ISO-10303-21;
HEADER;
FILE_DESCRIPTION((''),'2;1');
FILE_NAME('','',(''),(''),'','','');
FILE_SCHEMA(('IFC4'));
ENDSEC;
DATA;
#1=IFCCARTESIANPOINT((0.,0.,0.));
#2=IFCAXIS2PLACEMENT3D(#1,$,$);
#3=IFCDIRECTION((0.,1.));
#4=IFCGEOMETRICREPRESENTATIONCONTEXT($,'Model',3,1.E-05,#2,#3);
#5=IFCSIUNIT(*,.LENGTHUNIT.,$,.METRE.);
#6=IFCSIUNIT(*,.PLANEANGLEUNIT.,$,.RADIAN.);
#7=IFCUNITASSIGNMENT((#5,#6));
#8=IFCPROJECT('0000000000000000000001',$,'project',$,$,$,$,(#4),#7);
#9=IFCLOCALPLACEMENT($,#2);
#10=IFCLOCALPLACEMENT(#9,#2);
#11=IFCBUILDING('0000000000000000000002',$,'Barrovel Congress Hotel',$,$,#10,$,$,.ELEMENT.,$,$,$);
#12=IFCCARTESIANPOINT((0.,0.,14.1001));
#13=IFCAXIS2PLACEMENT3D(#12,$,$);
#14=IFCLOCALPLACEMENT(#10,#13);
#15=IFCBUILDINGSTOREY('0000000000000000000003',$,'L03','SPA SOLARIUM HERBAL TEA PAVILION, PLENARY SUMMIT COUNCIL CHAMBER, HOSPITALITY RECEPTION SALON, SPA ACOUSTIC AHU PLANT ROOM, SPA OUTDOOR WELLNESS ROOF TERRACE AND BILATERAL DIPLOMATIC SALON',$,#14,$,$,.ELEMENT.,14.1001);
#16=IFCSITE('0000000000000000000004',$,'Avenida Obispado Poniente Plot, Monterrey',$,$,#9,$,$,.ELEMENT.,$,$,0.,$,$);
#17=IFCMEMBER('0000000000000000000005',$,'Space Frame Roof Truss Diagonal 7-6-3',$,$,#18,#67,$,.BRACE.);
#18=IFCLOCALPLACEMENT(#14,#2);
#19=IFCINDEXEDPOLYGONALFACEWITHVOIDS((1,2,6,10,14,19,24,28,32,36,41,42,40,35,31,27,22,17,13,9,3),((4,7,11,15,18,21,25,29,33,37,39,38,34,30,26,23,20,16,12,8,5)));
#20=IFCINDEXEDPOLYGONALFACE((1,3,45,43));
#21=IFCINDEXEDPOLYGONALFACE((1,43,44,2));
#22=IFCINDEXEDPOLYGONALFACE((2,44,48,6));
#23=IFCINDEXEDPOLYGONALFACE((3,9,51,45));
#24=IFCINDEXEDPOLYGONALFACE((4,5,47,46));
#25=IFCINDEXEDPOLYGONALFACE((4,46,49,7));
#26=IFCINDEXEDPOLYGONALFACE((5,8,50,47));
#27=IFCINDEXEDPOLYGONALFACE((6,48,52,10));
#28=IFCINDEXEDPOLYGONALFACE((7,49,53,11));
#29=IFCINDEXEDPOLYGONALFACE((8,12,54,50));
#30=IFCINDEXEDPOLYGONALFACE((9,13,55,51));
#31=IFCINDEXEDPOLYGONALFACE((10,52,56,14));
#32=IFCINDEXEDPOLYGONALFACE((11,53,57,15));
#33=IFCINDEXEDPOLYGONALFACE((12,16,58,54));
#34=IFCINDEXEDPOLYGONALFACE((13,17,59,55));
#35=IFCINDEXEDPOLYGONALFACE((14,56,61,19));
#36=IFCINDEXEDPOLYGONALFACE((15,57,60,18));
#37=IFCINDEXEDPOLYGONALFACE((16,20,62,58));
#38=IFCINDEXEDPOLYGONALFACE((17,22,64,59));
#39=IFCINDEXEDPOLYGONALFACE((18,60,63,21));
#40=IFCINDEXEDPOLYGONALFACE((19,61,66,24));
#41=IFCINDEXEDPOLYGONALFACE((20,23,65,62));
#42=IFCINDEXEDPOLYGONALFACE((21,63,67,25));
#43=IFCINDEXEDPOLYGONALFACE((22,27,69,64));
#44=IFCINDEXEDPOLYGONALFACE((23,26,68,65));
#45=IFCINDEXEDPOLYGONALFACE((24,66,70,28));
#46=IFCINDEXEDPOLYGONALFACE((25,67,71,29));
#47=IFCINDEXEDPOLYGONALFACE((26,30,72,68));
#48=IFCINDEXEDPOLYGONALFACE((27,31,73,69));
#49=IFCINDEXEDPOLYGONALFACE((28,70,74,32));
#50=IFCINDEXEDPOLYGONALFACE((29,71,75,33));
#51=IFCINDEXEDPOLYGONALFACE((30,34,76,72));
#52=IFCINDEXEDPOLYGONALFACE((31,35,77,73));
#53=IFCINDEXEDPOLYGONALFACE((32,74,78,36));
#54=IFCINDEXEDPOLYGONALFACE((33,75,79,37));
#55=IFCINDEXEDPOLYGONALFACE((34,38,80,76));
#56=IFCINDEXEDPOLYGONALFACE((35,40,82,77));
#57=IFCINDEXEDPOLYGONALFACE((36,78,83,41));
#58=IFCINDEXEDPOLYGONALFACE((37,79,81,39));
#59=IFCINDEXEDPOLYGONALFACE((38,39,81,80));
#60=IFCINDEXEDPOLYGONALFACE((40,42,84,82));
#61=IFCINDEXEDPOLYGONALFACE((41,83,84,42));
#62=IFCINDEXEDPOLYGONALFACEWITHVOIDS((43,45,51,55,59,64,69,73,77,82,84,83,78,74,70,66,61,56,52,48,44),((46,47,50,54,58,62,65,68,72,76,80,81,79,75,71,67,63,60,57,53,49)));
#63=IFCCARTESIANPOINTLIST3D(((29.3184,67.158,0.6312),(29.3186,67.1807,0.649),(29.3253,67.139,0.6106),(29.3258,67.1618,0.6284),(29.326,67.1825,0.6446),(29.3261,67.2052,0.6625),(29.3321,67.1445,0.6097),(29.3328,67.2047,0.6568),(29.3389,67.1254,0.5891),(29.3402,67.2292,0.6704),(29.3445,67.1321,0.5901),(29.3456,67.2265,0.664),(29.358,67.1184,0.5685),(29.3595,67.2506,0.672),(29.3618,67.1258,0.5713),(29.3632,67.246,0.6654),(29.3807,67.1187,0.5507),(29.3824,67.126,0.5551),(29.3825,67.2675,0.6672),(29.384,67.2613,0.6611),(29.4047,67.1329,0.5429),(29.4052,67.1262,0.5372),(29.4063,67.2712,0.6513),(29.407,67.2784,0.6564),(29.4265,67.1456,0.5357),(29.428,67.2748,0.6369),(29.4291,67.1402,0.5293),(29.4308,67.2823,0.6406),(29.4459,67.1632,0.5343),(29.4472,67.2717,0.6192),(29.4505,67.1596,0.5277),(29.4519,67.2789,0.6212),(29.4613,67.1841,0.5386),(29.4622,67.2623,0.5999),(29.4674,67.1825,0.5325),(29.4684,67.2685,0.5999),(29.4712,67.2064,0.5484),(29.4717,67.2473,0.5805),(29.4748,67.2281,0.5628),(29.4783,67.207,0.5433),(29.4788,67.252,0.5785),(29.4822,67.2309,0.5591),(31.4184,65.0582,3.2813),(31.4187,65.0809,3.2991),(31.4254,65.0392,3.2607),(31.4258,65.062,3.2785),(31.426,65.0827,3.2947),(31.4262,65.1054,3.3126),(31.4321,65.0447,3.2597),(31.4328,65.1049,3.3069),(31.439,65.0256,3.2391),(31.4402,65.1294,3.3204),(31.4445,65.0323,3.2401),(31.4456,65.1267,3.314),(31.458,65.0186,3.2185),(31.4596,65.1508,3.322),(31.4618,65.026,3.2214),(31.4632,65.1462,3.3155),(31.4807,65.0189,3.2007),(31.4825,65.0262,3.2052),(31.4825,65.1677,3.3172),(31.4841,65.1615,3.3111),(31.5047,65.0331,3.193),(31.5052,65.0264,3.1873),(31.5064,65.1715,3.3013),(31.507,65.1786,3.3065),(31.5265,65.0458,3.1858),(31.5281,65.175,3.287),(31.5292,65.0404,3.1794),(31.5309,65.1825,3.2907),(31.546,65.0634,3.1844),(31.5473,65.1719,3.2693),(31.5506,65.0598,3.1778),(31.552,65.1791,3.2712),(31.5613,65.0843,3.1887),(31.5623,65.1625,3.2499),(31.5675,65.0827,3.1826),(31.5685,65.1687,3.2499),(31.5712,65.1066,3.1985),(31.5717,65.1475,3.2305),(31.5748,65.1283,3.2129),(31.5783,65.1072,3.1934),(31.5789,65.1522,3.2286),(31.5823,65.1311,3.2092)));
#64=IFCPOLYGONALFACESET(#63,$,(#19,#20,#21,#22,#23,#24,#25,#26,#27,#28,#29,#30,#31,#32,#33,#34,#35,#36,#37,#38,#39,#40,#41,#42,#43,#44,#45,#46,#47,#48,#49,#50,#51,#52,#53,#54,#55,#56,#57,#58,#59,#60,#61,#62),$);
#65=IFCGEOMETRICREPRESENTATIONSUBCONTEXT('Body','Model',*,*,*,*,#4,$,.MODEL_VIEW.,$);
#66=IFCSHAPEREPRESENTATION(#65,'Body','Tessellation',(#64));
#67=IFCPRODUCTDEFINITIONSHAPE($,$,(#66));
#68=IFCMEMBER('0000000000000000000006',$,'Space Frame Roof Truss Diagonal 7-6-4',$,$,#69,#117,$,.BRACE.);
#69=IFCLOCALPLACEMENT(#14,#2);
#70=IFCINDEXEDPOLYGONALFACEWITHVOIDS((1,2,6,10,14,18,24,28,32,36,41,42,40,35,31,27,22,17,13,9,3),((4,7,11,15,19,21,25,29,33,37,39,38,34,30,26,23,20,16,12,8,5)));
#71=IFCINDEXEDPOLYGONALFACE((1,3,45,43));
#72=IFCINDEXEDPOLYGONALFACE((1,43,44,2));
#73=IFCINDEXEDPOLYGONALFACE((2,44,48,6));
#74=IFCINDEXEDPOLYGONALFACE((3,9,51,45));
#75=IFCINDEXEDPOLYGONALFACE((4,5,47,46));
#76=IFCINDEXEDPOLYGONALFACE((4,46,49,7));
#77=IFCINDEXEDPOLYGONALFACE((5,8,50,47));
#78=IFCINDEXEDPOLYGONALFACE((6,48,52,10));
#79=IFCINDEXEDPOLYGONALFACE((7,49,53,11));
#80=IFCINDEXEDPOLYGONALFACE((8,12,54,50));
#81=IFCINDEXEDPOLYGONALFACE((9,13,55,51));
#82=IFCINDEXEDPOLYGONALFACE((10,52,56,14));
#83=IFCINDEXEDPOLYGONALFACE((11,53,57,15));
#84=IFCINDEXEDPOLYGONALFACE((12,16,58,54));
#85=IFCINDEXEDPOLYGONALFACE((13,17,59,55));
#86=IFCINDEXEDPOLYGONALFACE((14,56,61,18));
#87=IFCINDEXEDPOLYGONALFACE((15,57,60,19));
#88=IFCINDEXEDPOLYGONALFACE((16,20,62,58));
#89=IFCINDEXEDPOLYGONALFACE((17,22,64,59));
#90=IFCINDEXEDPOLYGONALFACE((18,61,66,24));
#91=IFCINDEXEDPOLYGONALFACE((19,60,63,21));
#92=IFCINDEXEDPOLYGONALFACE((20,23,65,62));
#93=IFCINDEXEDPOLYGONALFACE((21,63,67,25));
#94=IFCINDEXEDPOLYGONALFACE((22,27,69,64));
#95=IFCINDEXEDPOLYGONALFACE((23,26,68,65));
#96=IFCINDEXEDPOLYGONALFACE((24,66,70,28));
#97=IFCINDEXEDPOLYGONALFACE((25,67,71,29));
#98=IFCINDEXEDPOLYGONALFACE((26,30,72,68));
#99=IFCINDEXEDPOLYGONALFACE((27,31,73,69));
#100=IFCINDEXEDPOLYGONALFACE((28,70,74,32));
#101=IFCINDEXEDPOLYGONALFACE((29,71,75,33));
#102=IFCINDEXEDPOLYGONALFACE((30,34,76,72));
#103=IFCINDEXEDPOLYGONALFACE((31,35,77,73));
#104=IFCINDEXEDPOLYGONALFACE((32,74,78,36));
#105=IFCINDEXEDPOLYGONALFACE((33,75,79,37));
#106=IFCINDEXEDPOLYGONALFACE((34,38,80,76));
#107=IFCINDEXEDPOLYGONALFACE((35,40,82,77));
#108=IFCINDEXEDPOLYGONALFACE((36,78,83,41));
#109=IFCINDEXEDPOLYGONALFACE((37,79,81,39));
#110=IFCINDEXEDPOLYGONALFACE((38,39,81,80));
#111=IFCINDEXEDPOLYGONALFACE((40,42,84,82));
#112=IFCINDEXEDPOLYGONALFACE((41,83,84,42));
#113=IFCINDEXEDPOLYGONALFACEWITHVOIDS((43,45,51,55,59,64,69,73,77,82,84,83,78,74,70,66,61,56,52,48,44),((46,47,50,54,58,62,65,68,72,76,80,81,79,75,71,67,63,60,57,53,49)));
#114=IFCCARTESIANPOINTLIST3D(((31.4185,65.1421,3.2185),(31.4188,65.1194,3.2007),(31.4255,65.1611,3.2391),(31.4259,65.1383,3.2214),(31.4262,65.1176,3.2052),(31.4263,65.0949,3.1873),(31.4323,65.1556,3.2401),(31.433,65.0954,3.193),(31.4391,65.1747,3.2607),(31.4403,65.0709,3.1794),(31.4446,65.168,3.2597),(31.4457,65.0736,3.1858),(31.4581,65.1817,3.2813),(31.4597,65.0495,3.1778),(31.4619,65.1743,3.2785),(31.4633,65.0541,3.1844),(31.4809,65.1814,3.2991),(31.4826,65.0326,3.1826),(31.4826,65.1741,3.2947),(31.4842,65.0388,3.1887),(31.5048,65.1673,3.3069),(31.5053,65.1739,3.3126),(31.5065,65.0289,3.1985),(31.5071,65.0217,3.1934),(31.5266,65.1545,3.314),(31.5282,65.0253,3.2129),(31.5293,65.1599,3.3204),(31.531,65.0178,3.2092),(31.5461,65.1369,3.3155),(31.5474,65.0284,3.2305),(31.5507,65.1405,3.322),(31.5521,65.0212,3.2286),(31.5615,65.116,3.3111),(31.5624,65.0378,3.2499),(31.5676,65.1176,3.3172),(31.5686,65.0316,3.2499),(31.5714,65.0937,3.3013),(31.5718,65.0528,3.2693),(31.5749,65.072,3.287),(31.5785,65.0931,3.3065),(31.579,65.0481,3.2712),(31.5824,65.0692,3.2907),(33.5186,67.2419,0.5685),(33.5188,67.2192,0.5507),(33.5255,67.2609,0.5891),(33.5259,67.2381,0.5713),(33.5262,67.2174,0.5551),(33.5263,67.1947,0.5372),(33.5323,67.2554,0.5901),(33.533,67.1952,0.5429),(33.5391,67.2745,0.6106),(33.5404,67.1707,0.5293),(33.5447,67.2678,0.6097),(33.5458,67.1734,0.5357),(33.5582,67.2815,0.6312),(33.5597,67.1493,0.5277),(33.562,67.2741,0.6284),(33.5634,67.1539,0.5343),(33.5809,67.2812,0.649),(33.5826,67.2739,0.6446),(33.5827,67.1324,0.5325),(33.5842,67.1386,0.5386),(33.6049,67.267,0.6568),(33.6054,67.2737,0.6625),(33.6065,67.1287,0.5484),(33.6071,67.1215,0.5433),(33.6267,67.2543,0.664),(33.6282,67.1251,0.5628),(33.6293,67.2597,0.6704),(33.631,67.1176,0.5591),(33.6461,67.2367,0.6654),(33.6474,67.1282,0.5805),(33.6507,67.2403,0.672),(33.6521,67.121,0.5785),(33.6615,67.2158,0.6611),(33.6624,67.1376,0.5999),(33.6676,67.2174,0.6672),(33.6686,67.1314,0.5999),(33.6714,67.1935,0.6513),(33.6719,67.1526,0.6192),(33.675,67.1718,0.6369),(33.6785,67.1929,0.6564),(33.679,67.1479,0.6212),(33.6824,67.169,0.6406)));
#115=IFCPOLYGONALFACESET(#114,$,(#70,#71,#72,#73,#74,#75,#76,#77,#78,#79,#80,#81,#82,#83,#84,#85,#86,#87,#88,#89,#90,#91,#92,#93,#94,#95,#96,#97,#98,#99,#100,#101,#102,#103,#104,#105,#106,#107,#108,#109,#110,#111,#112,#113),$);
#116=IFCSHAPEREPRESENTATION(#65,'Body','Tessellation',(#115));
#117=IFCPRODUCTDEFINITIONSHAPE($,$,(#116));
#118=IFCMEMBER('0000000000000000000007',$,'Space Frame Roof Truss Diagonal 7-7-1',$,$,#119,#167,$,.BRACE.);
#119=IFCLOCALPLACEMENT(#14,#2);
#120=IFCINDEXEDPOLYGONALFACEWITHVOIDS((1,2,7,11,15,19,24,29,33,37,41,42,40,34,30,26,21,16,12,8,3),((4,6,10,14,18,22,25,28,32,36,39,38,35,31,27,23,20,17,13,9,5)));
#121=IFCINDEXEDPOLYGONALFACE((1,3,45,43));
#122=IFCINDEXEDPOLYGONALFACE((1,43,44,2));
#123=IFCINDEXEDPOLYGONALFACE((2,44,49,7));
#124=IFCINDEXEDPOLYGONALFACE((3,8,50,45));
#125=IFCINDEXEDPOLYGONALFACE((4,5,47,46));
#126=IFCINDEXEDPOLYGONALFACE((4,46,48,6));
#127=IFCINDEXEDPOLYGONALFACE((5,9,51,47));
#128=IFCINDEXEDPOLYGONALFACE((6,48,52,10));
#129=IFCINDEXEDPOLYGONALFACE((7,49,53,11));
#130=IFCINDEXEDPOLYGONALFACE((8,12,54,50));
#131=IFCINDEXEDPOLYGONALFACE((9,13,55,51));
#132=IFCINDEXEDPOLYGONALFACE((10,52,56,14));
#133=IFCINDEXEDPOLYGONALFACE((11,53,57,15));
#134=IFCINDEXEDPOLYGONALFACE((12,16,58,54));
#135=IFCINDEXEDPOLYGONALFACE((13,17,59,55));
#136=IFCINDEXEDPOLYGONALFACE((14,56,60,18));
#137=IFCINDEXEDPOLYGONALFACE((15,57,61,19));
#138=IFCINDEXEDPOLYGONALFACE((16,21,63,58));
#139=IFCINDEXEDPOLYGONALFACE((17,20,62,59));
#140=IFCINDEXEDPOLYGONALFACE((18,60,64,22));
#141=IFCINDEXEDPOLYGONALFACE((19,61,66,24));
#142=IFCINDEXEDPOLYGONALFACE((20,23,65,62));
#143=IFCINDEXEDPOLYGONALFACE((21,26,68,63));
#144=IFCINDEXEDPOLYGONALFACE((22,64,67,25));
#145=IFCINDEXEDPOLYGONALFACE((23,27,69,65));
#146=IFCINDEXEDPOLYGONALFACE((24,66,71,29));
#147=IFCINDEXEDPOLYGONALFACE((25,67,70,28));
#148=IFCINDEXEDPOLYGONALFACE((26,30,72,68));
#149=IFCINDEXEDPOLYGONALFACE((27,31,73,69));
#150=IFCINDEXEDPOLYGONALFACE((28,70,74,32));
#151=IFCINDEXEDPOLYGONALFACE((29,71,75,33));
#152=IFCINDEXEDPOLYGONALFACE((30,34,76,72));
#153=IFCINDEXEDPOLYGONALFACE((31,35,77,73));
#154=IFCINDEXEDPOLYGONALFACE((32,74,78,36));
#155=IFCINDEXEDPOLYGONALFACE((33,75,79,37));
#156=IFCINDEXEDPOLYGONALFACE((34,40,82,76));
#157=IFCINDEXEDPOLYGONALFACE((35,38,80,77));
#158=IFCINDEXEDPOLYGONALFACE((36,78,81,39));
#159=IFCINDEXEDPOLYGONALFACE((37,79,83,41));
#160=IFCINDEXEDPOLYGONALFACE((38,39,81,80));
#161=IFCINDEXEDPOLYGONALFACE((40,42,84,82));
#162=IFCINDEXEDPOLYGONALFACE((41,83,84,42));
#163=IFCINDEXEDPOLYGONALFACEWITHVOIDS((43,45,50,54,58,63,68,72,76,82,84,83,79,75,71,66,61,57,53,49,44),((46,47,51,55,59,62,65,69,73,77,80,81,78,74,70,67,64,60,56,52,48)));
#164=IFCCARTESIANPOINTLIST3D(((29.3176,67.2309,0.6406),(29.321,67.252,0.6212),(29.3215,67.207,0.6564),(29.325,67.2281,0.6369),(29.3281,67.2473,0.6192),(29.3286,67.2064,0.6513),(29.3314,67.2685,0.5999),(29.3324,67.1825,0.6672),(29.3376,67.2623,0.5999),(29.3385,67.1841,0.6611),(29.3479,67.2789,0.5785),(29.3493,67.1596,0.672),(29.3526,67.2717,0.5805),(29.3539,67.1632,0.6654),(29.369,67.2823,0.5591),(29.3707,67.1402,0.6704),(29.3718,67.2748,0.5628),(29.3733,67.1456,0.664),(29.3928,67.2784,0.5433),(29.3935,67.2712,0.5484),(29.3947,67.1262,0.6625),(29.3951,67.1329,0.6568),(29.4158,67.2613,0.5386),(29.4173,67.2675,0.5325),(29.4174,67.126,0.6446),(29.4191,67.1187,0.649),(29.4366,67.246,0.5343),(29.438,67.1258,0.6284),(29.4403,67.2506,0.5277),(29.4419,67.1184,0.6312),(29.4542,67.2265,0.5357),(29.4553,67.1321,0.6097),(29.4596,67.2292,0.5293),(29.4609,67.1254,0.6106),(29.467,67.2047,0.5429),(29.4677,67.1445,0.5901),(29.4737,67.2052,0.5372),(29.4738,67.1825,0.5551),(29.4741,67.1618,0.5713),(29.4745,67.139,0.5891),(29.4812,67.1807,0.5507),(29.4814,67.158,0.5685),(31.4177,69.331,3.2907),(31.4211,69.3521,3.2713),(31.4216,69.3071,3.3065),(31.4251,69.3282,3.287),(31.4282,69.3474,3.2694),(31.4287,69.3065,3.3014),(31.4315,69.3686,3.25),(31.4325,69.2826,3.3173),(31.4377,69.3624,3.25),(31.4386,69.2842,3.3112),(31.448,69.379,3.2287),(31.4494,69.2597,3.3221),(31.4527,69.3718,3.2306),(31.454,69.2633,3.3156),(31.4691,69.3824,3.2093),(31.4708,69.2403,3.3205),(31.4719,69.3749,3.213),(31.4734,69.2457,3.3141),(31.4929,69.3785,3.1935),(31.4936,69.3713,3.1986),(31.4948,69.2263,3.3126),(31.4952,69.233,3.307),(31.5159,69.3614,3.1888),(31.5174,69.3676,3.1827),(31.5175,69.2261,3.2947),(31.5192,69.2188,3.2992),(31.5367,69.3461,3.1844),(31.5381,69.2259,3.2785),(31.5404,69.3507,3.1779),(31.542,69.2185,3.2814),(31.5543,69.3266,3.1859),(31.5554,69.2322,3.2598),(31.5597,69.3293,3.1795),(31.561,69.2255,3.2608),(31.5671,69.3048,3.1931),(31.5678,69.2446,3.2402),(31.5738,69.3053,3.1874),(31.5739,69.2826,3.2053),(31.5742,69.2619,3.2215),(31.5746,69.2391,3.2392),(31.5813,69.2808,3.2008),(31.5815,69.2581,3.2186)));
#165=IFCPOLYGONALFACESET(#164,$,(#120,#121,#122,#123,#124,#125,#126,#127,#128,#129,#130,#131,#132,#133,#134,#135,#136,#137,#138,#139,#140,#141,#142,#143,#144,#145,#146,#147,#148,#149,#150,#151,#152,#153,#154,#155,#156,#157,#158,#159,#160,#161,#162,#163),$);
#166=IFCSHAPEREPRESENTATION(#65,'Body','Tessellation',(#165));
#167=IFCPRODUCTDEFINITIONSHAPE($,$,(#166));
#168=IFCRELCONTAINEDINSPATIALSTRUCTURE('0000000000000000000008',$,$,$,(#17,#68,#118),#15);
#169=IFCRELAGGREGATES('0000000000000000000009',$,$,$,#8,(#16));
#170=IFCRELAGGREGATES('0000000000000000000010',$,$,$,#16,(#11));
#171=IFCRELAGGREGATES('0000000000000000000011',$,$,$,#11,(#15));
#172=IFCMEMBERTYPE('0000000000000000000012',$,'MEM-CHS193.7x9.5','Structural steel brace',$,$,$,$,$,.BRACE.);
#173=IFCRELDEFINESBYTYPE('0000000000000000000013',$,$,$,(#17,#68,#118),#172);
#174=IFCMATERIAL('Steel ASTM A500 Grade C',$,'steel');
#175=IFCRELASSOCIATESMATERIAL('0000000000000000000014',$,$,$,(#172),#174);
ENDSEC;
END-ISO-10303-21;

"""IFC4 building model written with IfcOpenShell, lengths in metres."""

from ifc_helpers import new_model, si_unit, direction, frame, origin, origin_2d, place, context, subcontext, project, spatial, hollow_circle, extrude, material, material_profile, profile_set, type_object, element, save


model = new_model("IFC4")

# Units and contexts
model_context = context("Model", 3, precision=1e-05, world=origin(), true_north=direction((0.0, 1.0)))
body_context = subcontext(model_context, "Body", "Model", "MODEL_VIEW")
ifc_project = project(units=[si_unit("LENGTHUNIT", "METRE"), si_unit("PLANEANGLEUNIT", "RADIAN")], contexts=[model_context])

# Site, building, storey
site_placement = place(None, origin())
site = spatial("IfcSite", under=ifc_project, at=site_placement, Name="Avenida Obispado Poniente Plot, Monterrey", CompositionType="ELEMENT", RefElevation=0.0)
building_placement = place(site_placement, origin())
building = spatial("IfcBuilding", under=site, at=building_placement, Name="Barrovel Congress Hotel", CompositionType="ELEMENT")
storey_placement = place(building_placement, frame((0.0, 0.0, 14.1001)))
storey = spatial("IfcBuildingStorey", under=building, at=storey_placement, Name="L03", Description="SPA SOLARIUM HERBAL TEA PAVILION, PLENARY SUMMIT COUNCIL CHAMBER, HOSPITALITY RECEPTION SALON, SPA ACOUSTIC AHU PLANT ROOM, SPA OUTDOOR WELLNESS ROOF TERRACE AND BILATERAL DIPLOMATIC SALON", CompositionType="ELEMENT", Elevation=14.1001)

# Members
ifc_material_1 = material(Name="Steel ASTM A500 Grade C", Category="steel")
ifc_material_profile_1 = material_profile(ifc_material_1, hollow_circle(Radius=0.0969, WallThickness=0.0088, at=origin_2d()), Name="CHS193.7x9.5")
ifc_profile_set_1 = profile_set([ifc_material_profile_1], Name="Steel ASTM A500 Grade C")
member_type_1 = type_object("IfcMemberType", Name="MEM-CHS193.7x9.5", Description="Structural steel brace", PredefinedType="BRACE", material=ifc_profile_set_1)
for number, where, z_axis, x_axis, name in (
    (1, (29.3999, 67.2, 0.5999), (0.527618, -0.527557, 0.66581), (0.707066, 0.707148, 0.0), "Space Frame Roof Truss Diagonal 7-6-3"),
    (2, (33.6001, 67.2, 0.5999), (-0.527618, -0.527557, 0.66581), (0.707066, -0.707148, 0.0), "Space Frame Roof Truss Diagonal 7-6-4"),
):
    element("IfcMember", number, at=place(storey_placement, frame(where, z_axis=z_axis, x_axis=x_axis)), inside=storey, type_object=member_type_1, Name=name, PredefinedType="BRACE", context=body_context, shape_type="SweptSolid", body=[
        extrude(hollow_circle(Radius=0.0969, WallThickness=0.0088, at=origin_2d()), origin(), (0.0, 0.0, 1.0), 3.9802),
    ])
for number, where, z_axis, x_axis, name in (
    (3, (29.3999, 67.2, 0.5999), (0.527601, 0.527601, 0.665788), (-0.707107, 0.707107, 0.0), "Space Frame Roof Truss Diagonal 7-7-1"),
):
    element("IfcMember", number, at=place(storey_placement, frame(where, z_axis=z_axis, x_axis=x_axis)), inside=storey, type_object=member_type_1, Name=name, PredefinedType="BRACE", context=body_context, shape_type="SweptSolid", body=[
        extrude(hollow_circle(Radius=0.0969, WallThickness=0.0088, at=origin_2d()), origin(), (0.0, 0.0, 1.0), 3.9805),
    ])

save(model, "model.ifc")
